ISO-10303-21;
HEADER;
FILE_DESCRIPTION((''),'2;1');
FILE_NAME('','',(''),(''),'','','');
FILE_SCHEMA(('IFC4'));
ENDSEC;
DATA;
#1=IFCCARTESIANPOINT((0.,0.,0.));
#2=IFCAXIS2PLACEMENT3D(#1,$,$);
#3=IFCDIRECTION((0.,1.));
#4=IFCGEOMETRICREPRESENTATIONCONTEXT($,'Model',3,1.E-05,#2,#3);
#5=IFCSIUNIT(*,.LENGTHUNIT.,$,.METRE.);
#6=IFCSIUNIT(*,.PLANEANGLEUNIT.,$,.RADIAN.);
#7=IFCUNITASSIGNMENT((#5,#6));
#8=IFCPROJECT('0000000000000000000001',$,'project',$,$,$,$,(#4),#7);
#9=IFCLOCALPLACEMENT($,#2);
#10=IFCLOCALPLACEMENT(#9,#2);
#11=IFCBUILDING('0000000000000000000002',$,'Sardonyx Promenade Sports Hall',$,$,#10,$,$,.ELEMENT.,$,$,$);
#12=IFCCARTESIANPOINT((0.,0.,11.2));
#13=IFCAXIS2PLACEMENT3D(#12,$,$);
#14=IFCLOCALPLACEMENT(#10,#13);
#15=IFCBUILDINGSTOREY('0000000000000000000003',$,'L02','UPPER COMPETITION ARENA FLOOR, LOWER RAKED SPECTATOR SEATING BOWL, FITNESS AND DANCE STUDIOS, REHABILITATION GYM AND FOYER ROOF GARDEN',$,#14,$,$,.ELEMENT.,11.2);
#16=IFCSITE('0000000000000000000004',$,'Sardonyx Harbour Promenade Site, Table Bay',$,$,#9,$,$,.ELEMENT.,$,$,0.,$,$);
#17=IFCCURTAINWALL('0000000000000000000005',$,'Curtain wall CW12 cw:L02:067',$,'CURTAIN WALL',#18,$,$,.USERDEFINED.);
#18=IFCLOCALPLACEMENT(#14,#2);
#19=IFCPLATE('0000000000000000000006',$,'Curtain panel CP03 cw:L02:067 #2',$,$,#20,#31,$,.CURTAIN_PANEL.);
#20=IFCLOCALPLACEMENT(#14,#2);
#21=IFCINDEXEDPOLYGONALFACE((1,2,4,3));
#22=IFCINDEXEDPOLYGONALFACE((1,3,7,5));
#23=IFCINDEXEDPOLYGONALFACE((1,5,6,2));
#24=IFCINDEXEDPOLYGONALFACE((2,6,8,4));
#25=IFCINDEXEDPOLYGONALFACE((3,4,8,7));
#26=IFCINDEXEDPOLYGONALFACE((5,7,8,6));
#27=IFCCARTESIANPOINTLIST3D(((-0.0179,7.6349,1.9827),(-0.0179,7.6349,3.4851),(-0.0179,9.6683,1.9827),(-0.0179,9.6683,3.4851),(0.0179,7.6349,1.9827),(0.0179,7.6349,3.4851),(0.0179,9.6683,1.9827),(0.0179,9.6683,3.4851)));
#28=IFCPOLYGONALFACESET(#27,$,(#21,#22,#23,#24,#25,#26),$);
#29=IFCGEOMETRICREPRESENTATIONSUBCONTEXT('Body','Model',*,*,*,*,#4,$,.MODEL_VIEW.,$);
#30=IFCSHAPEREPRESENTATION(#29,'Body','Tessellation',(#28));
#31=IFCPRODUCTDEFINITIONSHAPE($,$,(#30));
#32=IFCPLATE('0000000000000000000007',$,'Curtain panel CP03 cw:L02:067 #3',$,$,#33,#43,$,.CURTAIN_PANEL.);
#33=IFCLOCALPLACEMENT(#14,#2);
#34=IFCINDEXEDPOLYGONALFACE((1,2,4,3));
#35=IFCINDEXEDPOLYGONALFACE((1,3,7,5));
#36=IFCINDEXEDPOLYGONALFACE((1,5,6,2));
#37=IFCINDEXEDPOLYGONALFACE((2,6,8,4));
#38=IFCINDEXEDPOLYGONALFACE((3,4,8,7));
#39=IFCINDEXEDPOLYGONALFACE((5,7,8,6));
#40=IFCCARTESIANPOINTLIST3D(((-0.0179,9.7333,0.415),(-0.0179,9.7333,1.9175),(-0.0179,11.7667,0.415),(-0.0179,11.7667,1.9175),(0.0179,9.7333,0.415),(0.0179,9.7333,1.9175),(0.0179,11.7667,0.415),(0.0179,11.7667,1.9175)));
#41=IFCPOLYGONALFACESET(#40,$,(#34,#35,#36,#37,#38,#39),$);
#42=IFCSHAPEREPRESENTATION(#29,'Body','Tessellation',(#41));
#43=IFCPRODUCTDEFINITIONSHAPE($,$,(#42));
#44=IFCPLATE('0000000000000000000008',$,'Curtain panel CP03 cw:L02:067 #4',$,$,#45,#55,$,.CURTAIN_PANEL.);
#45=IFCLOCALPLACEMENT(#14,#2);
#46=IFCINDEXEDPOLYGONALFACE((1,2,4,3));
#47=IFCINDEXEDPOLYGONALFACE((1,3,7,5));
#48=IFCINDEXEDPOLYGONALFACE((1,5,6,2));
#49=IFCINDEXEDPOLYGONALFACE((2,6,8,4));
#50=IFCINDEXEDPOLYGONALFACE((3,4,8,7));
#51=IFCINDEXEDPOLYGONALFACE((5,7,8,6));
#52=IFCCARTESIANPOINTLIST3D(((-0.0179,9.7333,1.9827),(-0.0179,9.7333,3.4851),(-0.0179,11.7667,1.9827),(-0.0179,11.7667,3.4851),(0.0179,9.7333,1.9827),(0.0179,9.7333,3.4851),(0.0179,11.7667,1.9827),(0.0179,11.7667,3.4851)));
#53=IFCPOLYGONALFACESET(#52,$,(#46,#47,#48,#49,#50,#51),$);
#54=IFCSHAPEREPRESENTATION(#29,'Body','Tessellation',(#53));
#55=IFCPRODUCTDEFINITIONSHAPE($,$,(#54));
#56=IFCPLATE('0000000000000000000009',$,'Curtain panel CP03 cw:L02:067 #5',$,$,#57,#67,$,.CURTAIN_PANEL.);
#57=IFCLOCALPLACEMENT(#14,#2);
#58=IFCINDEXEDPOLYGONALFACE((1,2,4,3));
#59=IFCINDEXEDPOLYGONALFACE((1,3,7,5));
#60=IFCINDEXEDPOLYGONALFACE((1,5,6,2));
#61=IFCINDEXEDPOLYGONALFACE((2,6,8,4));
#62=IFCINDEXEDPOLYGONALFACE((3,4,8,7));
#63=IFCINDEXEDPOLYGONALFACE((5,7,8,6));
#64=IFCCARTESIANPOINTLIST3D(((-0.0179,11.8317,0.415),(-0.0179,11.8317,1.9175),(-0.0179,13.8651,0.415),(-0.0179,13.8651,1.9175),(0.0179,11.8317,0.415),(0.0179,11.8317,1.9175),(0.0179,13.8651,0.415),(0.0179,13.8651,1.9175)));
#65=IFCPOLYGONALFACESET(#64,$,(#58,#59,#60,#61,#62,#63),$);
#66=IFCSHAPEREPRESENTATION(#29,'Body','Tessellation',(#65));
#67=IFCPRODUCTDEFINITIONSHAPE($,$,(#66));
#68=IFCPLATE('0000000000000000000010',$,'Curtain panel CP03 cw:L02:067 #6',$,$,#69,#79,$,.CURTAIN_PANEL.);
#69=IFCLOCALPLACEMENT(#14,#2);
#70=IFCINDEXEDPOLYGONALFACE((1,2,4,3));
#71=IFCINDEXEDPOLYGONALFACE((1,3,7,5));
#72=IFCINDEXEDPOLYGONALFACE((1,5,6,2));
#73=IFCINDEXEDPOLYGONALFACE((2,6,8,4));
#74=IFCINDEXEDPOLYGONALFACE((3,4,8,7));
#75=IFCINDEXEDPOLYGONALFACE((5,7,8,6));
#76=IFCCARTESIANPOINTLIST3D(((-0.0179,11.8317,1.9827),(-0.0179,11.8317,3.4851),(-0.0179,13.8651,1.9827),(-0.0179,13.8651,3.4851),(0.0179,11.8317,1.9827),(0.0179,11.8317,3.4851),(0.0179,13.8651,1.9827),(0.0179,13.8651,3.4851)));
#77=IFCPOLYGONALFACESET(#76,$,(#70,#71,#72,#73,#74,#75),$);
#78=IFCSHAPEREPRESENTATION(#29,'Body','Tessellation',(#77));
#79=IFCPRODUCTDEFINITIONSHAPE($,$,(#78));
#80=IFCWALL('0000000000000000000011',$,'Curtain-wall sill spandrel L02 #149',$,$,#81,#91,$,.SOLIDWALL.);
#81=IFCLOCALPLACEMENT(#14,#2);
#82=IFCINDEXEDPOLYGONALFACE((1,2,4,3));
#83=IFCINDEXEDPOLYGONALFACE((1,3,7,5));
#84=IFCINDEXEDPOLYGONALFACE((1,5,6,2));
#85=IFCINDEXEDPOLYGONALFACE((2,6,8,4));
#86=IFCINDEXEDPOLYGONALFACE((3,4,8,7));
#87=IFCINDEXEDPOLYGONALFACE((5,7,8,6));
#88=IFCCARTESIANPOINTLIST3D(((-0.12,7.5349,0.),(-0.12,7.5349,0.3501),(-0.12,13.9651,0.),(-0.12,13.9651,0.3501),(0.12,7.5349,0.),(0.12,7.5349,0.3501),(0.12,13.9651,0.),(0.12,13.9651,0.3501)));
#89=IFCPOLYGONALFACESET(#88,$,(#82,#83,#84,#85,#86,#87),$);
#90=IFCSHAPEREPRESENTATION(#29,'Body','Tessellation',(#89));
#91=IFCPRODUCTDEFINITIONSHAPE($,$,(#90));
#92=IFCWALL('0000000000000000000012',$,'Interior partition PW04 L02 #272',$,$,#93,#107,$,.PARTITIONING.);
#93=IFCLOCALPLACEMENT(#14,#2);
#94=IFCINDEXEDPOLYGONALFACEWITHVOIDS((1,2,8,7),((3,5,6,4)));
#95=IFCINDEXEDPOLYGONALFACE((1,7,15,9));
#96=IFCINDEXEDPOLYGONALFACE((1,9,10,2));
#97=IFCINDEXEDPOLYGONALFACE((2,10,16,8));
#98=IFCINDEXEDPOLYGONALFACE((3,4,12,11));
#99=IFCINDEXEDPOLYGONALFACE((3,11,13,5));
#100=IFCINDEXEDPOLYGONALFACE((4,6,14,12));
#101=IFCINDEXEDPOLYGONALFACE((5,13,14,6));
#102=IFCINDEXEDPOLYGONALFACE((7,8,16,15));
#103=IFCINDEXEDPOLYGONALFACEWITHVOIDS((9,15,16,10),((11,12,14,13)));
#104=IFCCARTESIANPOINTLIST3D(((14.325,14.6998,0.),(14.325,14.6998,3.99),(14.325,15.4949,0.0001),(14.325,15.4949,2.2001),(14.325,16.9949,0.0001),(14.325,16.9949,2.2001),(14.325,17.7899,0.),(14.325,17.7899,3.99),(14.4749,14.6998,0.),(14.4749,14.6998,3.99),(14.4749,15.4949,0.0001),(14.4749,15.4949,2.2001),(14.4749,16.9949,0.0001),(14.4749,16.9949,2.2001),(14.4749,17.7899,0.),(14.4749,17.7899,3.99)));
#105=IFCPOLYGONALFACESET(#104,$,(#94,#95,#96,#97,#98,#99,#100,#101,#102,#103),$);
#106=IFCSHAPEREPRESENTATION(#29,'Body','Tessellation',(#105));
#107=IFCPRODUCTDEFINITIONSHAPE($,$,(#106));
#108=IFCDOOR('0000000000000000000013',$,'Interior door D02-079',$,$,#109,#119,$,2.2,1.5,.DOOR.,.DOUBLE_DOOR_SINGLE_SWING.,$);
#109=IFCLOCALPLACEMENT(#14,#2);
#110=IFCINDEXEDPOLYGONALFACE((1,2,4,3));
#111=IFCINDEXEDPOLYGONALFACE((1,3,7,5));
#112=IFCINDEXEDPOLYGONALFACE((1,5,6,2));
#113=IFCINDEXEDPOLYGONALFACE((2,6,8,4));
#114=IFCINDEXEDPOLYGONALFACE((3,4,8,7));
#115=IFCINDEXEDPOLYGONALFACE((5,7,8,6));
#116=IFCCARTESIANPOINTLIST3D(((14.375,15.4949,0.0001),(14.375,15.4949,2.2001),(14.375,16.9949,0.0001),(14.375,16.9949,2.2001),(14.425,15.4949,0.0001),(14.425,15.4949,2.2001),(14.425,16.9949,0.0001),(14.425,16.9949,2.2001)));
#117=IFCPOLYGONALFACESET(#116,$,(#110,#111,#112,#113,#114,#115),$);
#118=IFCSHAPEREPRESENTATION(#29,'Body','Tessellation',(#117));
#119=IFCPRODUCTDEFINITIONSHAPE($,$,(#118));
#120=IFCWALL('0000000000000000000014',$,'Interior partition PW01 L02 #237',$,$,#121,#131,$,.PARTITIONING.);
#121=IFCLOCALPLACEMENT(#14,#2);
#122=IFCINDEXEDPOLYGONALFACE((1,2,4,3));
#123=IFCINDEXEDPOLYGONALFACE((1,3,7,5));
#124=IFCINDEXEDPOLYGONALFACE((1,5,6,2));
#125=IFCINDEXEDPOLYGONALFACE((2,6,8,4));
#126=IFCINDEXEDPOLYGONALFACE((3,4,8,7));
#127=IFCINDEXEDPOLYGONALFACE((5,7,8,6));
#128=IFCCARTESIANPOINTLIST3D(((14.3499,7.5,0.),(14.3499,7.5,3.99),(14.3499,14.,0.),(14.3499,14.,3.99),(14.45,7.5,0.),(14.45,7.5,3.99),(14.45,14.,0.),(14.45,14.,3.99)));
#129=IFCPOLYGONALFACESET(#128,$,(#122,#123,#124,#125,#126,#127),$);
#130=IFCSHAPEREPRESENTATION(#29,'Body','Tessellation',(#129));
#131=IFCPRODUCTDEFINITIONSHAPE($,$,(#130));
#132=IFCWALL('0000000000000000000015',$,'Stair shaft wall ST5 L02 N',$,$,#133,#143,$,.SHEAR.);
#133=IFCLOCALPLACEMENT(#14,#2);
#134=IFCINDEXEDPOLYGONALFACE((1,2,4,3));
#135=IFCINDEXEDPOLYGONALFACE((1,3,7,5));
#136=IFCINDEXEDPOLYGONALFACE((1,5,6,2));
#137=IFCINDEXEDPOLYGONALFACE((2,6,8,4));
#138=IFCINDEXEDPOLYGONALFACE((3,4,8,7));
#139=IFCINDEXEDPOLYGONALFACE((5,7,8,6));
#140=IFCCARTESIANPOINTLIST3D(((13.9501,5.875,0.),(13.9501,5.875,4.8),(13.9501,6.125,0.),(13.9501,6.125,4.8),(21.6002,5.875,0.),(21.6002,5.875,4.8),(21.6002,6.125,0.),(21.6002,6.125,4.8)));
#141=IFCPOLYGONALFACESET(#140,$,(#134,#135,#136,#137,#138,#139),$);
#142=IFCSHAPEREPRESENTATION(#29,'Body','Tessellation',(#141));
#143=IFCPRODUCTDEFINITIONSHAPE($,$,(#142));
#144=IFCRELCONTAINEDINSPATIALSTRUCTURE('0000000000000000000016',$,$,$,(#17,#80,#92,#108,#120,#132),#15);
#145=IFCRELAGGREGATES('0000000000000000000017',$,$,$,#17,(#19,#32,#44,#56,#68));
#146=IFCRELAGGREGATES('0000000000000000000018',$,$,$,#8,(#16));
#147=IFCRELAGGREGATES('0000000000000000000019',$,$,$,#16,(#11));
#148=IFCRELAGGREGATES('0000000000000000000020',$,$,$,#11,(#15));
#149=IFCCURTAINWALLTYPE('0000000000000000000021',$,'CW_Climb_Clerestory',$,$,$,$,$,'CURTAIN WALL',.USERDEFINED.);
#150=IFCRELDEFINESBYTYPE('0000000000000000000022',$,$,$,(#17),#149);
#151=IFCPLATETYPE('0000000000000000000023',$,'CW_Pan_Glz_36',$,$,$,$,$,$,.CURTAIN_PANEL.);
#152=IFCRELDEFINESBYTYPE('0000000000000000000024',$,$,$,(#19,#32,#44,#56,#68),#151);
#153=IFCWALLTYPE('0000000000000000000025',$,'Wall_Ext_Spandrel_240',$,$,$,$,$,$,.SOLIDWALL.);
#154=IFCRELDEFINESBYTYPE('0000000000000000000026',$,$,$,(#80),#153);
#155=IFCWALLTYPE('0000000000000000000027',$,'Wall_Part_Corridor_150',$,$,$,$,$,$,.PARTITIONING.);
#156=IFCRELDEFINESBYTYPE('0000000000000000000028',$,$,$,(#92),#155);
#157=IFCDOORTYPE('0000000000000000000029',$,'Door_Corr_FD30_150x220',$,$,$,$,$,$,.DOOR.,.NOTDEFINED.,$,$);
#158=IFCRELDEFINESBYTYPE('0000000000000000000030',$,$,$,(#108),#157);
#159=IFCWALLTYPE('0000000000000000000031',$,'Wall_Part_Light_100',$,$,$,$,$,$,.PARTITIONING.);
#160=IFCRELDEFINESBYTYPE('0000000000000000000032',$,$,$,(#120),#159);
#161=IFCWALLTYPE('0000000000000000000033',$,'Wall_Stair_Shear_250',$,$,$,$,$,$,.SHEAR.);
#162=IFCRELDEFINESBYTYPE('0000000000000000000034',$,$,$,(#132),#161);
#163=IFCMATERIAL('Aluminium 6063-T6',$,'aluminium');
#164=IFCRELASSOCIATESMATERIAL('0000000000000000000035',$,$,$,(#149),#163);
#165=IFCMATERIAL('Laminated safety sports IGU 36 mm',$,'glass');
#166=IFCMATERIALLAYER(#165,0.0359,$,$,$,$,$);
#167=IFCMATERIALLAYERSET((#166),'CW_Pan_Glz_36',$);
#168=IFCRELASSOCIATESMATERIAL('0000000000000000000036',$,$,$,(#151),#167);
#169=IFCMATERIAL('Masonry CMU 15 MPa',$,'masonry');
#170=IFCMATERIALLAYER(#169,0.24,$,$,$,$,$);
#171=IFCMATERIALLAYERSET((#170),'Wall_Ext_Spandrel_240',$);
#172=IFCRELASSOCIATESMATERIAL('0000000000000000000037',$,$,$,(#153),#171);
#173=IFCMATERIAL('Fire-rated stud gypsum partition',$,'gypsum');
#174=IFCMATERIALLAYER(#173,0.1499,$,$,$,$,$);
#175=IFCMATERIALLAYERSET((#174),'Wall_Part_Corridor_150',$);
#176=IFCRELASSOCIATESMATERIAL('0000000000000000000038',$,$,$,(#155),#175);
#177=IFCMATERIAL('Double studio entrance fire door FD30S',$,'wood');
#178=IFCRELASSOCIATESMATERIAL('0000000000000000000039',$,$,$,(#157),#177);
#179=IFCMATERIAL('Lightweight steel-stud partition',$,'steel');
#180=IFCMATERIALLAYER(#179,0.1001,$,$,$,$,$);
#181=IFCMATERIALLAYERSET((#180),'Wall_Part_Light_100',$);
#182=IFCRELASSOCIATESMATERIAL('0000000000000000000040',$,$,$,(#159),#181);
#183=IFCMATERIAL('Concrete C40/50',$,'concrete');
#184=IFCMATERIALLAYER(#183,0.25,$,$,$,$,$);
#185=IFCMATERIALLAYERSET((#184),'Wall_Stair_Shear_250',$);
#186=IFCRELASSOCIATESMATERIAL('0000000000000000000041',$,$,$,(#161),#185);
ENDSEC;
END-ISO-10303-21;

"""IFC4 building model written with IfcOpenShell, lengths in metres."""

from ifc_helpers import new_model, si_unit, direction, frame, frame_2d, origin, origin_2d, place, context, subcontext, project, spatial, rectangle, extrude, material, layer, layer_set, type_object, element, fill, aggregate, save


model = new_model("IFC4")

# Units and contexts
model_context = context("Model", 3, precision=1e-05, world=origin(), true_north=direction((0.0, 1.0)))
body_context = subcontext(model_context, "Body", "Model", "MODEL_VIEW")
ifc_project = project(units=[si_unit("LENGTHUNIT", "METRE"), si_unit("PLANEANGLEUNIT", "RADIAN")], contexts=[model_context])

# Site, building, storey
site_placement = place(None, origin())
site = spatial("IfcSite", under=ifc_project, at=site_placement, Name="Sardonyx Harbour Promenade Site, Table Bay", CompositionType="ELEMENT", RefElevation=0.0)
building_placement = place(site_placement, origin())
building = spatial("IfcBuilding", under=site, at=building_placement, Name="Sardonyx Promenade Sports Hall", CompositionType="ELEMENT")
storey_placement = place(building_placement, frame((0.0, 0.0, 11.2)))
storey = spatial("IfcBuildingStorey", under=building, at=storey_placement, Name="L02", Description="UPPER COMPETITION ARENA FLOOR, LOWER RAKED SPECTATOR SEATING BOWL, FITNESS AND DANCE STUDIOS, REHABILITATION GYM AND FOYER ROOF GARDEN", CompositionType="ELEMENT", Elevation=11.2)

# Shared definitions
ifc_material_1 = material(Name="Aluminium 6063-T6", Category="aluminium")
curtain_wall_type = type_object("IfcCurtainWallType", Name="CW_Climb_Clerestory", ElementType="CURTAIN WALL", PredefinedType="USERDEFINED", material=ifc_material_1)

# Curtain wall
curtain_wall_1_placement = place(storey_placement, origin())
curtain_wall_1 = element("IfcCurtainWall", 1, at=curtain_wall_1_placement, inside=storey, type_object=curtain_wall_type, Name="Curtain wall CW12 cw:L02:067", ObjectType="CURTAIN WALL", PredefinedType="USERDEFINED")

# Plates
ifc_material_2 = material(Name="Laminated safety sports IGU 36 mm", Category="glass")
ifc_layer_1 = layer(ifc_material_2, 0.0359)
ifc_layer_set_1 = layer_set([ifc_layer_1], Name="CW_Pan_Glz_36")
plate_type = type_object("IfcPlateType", Name="CW_Pan_Glz_36", PredefinedType="CURTAIN_PANEL", material=ifc_layer_set_1)
plate_1_placement = place(storey_placement, frame((0.0, 8.6516, 1.9827), z_axis=(0.0, 0.0, 1.0), x_axis=(0.0, 1.0, 0.0)))
plate_1 = element("IfcPlate", 2, at=plate_1_placement, type_object=plate_type, Name="Curtain panel CP03 cw:L02:067 #2", PredefinedType="CURTAIN_PANEL", context=body_context, shape_type="SweptSolid", body=[
    extrude(rectangle(XDim=2.0334, YDim=0.0359, at=origin_2d()), origin(), (0.0, 0.0, 1.0), 1.5024),
])
plate_2_placement = place(storey_placement, frame((0.0, 10.75, 0.415), z_axis=(0.0, 0.0, 1.0), x_axis=(0.0, 1.0, 0.0)))
plate_2 = element("IfcPlate", 3, at=plate_2_placement, type_object=plate_type, Name="Curtain panel CP03 cw:L02:067 #3", PredefinedType="CURTAIN_PANEL", context=body_context, shape_type="SweptSolid", body=[
    extrude(rectangle(XDim=2.0334, YDim=0.0359, at=origin_2d()), origin(), (0.0, 0.0, 1.0), 1.5024),
])
plate_3_placement = place(storey_placement, frame((0.0, 10.75, 1.9827), z_axis=(0.0, 0.0, 1.0), x_axis=(0.0, 1.0, 0.0)))
plate_3 = element("IfcPlate", 4, at=plate_3_placement, type_object=plate_type, Name="Curtain panel CP03 cw:L02:067 #4", PredefinedType="CURTAIN_PANEL", context=body_context, shape_type="SweptSolid", body=[
    extrude(rectangle(XDim=2.0334, YDim=0.0359, at=origin_2d()), origin(), (0.0, 0.0, 1.0), 1.5024),
])
plate_4_placement = place(storey_placement, frame((0.0, 12.8484, 0.415), z_axis=(0.0, 0.0, 1.0), x_axis=(0.0, 1.0, 0.0)))
plate_4 = element("IfcPlate", 5, at=plate_4_placement, type_object=plate_type, Name="Curtain panel CP03 cw:L02:067 #5", PredefinedType="CURTAIN_PANEL", context=body_context, shape_type="SweptSolid", body=[
    extrude(rectangle(XDim=2.0334, YDim=0.0359, at=origin_2d()), origin(), (0.0, 0.0, 1.0), 1.5024),
])
plate_5_placement = place(storey_placement, frame((0.0, 12.8484, 1.9827), z_axis=(0.0, 0.0, 1.0), x_axis=(0.0, 1.0, 0.0)))
plate_5 = element("IfcPlate", 6, at=plate_5_placement, type_object=plate_type, Name="Curtain panel CP03 cw:L02:067 #6", PredefinedType="CURTAIN_PANEL", context=body_context, shape_type="SweptSolid", body=[
    extrude(rectangle(XDim=2.0334, YDim=0.0359, at=origin_2d()), origin(), (0.0, 0.0, 1.0), 1.5024),
])
aggregate(curtain_wall_1, [plate_1, plate_2, plate_3, plate_4, plate_5])

# Wall
ifc_material_3 = material(Name="Masonry CMU 15 MPa", Category="masonry")
ifc_layer_2 = layer(ifc_material_3, 0.24)
ifc_layer_set_2 = layer_set([ifc_layer_2], Name="Wall_Ext_Spandrel_240")
wall_type_1 = type_object("IfcWallType", Name="Wall_Ext_Spandrel_240", PredefinedType="SOLIDWALL", material=ifc_layer_set_2)
wall_1_placement = place(storey_placement, frame((0.0, 7.5349, 0.0), z_axis=(0.0, 0.0, 1.0), x_axis=(0.0, 1.0, 0.0)))
element("IfcWall", 7, at=wall_1_placement, inside=storey, type_object=wall_type_1, Name="Curtain-wall sill spandrel L02 #149", PredefinedType="SOLIDWALL", context=body_context, shape_type="SweptSolid", body=[
    extrude(rectangle(XDim=6.4302, YDim=0.24, at=frame_2d((3.2151, 0.0))), origin(), (0.0, 0.0, 1.0), 0.3501),
])

# Wall, opening, door
ifc_material_4 = material(Name="Fire-rated stud gypsum partition", Category="gypsum")
ifc_layer_3 = layer(ifc_material_4, 0.1499)
ifc_layer_set_3 = layer_set([ifc_layer_3], Name="Wall_Part_Corridor_150")
wall_type_2 = type_object("IfcWallType", Name="Wall_Part_Corridor_150", PredefinedType="PARTITIONING", material=ifc_layer_set_3)
wall_2_placement = place(storey_placement, frame((14.3999, 14.7, 0.0), z_axis=(0.0, 0.0, 1.0), x_axis=(0.0, 1.0, 0.0)))
wall_2 = element("IfcWall", 8, at=wall_2_placement, inside=storey, type_object=wall_type_2, Name="Interior partition PW04 L02 #272", PredefinedType="PARTITIONING", context=body_context, shape_type="SweptSolid", body=[
    extrude(rectangle(XDim=3.0901, YDim=0.1499, at=frame_2d((1.5449, 0.0))), origin(), (0.0, 0.0, 1.0), 3.99),
])
opening_placement = place(wall_2_placement, frame((0.7949, 0.0, 0.0)))
opening = element("IfcOpeningElement", 9, at=opening_placement, cuts=wall_2, PredefinedType="OPENING", context=body_context, shape_type="SweptSolid", body=[
    extrude(rectangle(XDim=1.5, YDim=2.2, at=frame_2d((0.75, 1.1001))), frame((0.0, 0.085, 0.0), z_axis=(0.0, -1.0, 0.0), x_axis=(1.0, 0.0, 0.0)), (0.0, 0.0, 1.0), 0.17),
])
ifc_material_5 = material(Name="Double studio entrance fire door FD30S", Category="wood")
door_type = type_object("IfcDoorType", Name="Door_Corr_FD30_150x220", OperationType="NOTDEFINED", PredefinedType="DOOR", material=ifc_material_5)
door_placement = place(opening_placement, origin())
door = element("IfcDoor", 10, at=door_placement, inside=storey, type_object=door_type, Name="Interior door D02-079", OperationType="DOUBLE_DOOR_SINGLE_SWING", OverallHeight=2.2, OverallWidth=1.5, PredefinedType="DOOR", context=body_context, shape_type="SweptSolid", body=[
    extrude(rectangle(XDim=1.5, YDim=2.2, at=frame_2d((0.75, 1.1001))), frame((0.0, 0.0249, 0.0), z_axis=(0.0, -1.0, 0.0), x_axis=(1.0, 0.0, 0.0)), (0.0, 0.0, 1.0), 0.05),
])
fill(opening, door)

# Walls
ifc_material_6 = material(Name="Lightweight steel-stud partition", Category="steel")
ifc_layer_4 = layer(ifc_material_6, 0.1001)
ifc_layer_set_4 = layer_set([ifc_layer_4], Name="Wall_Part_Light_100")
wall_type_3 = type_object("IfcWallType", Name="Wall_Part_Light_100", PredefinedType="PARTITIONING", material=ifc_layer_set_4)
wall_3_placement = place(storey_placement, frame((14.3999, 7.5, 0.0), z_axis=(0.0, 0.0, 1.0), x_axis=(0.0, 1.0, 0.0)))
element("IfcWall", 11, at=wall_3_placement, inside=storey, type_object=wall_type_3, Name="Interior partition PW01 L02 #237", PredefinedType="PARTITIONING", context=body_context, shape_type="SweptSolid", body=[
    extrude(rectangle(XDim=6.5, YDim=0.1001, at=frame_2d((3.25, 0.0))), origin(), (0.0, 0.0, 1.0), 3.99),
])
ifc_material_7 = material(Name="Concrete C40/50", Category="concrete")
ifc_layer_5 = layer(ifc_material_7, 0.25)
ifc_layer_set_5 = layer_set([ifc_layer_5], Name="Wall_Stair_Shear_250")
wall_type_4 = type_object("IfcWallType", Name="Wall_Stair_Shear_250", PredefinedType="SHEAR", material=ifc_layer_set_5)
wall_4_placement = place(storey_placement, frame((13.95, 6.0, 0.0), z_axis=(0.0, 0.0, 1.0), x_axis=(1.0, 0.0, 0.0)))
element("IfcWall", 12, at=wall_4_placement, inside=storey, type_object=wall_type_4, Name="Stair shaft wall ST5 L02 N", PredefinedType="SHEAR", context=body_context, shape_type="SweptSolid", body=[
    extrude(rectangle(XDim=7.6501, YDim=0.25, at=frame_2d((3.8252, 0.0))), origin(), (0.0, 0.0, 1.0), 4.8),
])

save(model, "model.ifc")
